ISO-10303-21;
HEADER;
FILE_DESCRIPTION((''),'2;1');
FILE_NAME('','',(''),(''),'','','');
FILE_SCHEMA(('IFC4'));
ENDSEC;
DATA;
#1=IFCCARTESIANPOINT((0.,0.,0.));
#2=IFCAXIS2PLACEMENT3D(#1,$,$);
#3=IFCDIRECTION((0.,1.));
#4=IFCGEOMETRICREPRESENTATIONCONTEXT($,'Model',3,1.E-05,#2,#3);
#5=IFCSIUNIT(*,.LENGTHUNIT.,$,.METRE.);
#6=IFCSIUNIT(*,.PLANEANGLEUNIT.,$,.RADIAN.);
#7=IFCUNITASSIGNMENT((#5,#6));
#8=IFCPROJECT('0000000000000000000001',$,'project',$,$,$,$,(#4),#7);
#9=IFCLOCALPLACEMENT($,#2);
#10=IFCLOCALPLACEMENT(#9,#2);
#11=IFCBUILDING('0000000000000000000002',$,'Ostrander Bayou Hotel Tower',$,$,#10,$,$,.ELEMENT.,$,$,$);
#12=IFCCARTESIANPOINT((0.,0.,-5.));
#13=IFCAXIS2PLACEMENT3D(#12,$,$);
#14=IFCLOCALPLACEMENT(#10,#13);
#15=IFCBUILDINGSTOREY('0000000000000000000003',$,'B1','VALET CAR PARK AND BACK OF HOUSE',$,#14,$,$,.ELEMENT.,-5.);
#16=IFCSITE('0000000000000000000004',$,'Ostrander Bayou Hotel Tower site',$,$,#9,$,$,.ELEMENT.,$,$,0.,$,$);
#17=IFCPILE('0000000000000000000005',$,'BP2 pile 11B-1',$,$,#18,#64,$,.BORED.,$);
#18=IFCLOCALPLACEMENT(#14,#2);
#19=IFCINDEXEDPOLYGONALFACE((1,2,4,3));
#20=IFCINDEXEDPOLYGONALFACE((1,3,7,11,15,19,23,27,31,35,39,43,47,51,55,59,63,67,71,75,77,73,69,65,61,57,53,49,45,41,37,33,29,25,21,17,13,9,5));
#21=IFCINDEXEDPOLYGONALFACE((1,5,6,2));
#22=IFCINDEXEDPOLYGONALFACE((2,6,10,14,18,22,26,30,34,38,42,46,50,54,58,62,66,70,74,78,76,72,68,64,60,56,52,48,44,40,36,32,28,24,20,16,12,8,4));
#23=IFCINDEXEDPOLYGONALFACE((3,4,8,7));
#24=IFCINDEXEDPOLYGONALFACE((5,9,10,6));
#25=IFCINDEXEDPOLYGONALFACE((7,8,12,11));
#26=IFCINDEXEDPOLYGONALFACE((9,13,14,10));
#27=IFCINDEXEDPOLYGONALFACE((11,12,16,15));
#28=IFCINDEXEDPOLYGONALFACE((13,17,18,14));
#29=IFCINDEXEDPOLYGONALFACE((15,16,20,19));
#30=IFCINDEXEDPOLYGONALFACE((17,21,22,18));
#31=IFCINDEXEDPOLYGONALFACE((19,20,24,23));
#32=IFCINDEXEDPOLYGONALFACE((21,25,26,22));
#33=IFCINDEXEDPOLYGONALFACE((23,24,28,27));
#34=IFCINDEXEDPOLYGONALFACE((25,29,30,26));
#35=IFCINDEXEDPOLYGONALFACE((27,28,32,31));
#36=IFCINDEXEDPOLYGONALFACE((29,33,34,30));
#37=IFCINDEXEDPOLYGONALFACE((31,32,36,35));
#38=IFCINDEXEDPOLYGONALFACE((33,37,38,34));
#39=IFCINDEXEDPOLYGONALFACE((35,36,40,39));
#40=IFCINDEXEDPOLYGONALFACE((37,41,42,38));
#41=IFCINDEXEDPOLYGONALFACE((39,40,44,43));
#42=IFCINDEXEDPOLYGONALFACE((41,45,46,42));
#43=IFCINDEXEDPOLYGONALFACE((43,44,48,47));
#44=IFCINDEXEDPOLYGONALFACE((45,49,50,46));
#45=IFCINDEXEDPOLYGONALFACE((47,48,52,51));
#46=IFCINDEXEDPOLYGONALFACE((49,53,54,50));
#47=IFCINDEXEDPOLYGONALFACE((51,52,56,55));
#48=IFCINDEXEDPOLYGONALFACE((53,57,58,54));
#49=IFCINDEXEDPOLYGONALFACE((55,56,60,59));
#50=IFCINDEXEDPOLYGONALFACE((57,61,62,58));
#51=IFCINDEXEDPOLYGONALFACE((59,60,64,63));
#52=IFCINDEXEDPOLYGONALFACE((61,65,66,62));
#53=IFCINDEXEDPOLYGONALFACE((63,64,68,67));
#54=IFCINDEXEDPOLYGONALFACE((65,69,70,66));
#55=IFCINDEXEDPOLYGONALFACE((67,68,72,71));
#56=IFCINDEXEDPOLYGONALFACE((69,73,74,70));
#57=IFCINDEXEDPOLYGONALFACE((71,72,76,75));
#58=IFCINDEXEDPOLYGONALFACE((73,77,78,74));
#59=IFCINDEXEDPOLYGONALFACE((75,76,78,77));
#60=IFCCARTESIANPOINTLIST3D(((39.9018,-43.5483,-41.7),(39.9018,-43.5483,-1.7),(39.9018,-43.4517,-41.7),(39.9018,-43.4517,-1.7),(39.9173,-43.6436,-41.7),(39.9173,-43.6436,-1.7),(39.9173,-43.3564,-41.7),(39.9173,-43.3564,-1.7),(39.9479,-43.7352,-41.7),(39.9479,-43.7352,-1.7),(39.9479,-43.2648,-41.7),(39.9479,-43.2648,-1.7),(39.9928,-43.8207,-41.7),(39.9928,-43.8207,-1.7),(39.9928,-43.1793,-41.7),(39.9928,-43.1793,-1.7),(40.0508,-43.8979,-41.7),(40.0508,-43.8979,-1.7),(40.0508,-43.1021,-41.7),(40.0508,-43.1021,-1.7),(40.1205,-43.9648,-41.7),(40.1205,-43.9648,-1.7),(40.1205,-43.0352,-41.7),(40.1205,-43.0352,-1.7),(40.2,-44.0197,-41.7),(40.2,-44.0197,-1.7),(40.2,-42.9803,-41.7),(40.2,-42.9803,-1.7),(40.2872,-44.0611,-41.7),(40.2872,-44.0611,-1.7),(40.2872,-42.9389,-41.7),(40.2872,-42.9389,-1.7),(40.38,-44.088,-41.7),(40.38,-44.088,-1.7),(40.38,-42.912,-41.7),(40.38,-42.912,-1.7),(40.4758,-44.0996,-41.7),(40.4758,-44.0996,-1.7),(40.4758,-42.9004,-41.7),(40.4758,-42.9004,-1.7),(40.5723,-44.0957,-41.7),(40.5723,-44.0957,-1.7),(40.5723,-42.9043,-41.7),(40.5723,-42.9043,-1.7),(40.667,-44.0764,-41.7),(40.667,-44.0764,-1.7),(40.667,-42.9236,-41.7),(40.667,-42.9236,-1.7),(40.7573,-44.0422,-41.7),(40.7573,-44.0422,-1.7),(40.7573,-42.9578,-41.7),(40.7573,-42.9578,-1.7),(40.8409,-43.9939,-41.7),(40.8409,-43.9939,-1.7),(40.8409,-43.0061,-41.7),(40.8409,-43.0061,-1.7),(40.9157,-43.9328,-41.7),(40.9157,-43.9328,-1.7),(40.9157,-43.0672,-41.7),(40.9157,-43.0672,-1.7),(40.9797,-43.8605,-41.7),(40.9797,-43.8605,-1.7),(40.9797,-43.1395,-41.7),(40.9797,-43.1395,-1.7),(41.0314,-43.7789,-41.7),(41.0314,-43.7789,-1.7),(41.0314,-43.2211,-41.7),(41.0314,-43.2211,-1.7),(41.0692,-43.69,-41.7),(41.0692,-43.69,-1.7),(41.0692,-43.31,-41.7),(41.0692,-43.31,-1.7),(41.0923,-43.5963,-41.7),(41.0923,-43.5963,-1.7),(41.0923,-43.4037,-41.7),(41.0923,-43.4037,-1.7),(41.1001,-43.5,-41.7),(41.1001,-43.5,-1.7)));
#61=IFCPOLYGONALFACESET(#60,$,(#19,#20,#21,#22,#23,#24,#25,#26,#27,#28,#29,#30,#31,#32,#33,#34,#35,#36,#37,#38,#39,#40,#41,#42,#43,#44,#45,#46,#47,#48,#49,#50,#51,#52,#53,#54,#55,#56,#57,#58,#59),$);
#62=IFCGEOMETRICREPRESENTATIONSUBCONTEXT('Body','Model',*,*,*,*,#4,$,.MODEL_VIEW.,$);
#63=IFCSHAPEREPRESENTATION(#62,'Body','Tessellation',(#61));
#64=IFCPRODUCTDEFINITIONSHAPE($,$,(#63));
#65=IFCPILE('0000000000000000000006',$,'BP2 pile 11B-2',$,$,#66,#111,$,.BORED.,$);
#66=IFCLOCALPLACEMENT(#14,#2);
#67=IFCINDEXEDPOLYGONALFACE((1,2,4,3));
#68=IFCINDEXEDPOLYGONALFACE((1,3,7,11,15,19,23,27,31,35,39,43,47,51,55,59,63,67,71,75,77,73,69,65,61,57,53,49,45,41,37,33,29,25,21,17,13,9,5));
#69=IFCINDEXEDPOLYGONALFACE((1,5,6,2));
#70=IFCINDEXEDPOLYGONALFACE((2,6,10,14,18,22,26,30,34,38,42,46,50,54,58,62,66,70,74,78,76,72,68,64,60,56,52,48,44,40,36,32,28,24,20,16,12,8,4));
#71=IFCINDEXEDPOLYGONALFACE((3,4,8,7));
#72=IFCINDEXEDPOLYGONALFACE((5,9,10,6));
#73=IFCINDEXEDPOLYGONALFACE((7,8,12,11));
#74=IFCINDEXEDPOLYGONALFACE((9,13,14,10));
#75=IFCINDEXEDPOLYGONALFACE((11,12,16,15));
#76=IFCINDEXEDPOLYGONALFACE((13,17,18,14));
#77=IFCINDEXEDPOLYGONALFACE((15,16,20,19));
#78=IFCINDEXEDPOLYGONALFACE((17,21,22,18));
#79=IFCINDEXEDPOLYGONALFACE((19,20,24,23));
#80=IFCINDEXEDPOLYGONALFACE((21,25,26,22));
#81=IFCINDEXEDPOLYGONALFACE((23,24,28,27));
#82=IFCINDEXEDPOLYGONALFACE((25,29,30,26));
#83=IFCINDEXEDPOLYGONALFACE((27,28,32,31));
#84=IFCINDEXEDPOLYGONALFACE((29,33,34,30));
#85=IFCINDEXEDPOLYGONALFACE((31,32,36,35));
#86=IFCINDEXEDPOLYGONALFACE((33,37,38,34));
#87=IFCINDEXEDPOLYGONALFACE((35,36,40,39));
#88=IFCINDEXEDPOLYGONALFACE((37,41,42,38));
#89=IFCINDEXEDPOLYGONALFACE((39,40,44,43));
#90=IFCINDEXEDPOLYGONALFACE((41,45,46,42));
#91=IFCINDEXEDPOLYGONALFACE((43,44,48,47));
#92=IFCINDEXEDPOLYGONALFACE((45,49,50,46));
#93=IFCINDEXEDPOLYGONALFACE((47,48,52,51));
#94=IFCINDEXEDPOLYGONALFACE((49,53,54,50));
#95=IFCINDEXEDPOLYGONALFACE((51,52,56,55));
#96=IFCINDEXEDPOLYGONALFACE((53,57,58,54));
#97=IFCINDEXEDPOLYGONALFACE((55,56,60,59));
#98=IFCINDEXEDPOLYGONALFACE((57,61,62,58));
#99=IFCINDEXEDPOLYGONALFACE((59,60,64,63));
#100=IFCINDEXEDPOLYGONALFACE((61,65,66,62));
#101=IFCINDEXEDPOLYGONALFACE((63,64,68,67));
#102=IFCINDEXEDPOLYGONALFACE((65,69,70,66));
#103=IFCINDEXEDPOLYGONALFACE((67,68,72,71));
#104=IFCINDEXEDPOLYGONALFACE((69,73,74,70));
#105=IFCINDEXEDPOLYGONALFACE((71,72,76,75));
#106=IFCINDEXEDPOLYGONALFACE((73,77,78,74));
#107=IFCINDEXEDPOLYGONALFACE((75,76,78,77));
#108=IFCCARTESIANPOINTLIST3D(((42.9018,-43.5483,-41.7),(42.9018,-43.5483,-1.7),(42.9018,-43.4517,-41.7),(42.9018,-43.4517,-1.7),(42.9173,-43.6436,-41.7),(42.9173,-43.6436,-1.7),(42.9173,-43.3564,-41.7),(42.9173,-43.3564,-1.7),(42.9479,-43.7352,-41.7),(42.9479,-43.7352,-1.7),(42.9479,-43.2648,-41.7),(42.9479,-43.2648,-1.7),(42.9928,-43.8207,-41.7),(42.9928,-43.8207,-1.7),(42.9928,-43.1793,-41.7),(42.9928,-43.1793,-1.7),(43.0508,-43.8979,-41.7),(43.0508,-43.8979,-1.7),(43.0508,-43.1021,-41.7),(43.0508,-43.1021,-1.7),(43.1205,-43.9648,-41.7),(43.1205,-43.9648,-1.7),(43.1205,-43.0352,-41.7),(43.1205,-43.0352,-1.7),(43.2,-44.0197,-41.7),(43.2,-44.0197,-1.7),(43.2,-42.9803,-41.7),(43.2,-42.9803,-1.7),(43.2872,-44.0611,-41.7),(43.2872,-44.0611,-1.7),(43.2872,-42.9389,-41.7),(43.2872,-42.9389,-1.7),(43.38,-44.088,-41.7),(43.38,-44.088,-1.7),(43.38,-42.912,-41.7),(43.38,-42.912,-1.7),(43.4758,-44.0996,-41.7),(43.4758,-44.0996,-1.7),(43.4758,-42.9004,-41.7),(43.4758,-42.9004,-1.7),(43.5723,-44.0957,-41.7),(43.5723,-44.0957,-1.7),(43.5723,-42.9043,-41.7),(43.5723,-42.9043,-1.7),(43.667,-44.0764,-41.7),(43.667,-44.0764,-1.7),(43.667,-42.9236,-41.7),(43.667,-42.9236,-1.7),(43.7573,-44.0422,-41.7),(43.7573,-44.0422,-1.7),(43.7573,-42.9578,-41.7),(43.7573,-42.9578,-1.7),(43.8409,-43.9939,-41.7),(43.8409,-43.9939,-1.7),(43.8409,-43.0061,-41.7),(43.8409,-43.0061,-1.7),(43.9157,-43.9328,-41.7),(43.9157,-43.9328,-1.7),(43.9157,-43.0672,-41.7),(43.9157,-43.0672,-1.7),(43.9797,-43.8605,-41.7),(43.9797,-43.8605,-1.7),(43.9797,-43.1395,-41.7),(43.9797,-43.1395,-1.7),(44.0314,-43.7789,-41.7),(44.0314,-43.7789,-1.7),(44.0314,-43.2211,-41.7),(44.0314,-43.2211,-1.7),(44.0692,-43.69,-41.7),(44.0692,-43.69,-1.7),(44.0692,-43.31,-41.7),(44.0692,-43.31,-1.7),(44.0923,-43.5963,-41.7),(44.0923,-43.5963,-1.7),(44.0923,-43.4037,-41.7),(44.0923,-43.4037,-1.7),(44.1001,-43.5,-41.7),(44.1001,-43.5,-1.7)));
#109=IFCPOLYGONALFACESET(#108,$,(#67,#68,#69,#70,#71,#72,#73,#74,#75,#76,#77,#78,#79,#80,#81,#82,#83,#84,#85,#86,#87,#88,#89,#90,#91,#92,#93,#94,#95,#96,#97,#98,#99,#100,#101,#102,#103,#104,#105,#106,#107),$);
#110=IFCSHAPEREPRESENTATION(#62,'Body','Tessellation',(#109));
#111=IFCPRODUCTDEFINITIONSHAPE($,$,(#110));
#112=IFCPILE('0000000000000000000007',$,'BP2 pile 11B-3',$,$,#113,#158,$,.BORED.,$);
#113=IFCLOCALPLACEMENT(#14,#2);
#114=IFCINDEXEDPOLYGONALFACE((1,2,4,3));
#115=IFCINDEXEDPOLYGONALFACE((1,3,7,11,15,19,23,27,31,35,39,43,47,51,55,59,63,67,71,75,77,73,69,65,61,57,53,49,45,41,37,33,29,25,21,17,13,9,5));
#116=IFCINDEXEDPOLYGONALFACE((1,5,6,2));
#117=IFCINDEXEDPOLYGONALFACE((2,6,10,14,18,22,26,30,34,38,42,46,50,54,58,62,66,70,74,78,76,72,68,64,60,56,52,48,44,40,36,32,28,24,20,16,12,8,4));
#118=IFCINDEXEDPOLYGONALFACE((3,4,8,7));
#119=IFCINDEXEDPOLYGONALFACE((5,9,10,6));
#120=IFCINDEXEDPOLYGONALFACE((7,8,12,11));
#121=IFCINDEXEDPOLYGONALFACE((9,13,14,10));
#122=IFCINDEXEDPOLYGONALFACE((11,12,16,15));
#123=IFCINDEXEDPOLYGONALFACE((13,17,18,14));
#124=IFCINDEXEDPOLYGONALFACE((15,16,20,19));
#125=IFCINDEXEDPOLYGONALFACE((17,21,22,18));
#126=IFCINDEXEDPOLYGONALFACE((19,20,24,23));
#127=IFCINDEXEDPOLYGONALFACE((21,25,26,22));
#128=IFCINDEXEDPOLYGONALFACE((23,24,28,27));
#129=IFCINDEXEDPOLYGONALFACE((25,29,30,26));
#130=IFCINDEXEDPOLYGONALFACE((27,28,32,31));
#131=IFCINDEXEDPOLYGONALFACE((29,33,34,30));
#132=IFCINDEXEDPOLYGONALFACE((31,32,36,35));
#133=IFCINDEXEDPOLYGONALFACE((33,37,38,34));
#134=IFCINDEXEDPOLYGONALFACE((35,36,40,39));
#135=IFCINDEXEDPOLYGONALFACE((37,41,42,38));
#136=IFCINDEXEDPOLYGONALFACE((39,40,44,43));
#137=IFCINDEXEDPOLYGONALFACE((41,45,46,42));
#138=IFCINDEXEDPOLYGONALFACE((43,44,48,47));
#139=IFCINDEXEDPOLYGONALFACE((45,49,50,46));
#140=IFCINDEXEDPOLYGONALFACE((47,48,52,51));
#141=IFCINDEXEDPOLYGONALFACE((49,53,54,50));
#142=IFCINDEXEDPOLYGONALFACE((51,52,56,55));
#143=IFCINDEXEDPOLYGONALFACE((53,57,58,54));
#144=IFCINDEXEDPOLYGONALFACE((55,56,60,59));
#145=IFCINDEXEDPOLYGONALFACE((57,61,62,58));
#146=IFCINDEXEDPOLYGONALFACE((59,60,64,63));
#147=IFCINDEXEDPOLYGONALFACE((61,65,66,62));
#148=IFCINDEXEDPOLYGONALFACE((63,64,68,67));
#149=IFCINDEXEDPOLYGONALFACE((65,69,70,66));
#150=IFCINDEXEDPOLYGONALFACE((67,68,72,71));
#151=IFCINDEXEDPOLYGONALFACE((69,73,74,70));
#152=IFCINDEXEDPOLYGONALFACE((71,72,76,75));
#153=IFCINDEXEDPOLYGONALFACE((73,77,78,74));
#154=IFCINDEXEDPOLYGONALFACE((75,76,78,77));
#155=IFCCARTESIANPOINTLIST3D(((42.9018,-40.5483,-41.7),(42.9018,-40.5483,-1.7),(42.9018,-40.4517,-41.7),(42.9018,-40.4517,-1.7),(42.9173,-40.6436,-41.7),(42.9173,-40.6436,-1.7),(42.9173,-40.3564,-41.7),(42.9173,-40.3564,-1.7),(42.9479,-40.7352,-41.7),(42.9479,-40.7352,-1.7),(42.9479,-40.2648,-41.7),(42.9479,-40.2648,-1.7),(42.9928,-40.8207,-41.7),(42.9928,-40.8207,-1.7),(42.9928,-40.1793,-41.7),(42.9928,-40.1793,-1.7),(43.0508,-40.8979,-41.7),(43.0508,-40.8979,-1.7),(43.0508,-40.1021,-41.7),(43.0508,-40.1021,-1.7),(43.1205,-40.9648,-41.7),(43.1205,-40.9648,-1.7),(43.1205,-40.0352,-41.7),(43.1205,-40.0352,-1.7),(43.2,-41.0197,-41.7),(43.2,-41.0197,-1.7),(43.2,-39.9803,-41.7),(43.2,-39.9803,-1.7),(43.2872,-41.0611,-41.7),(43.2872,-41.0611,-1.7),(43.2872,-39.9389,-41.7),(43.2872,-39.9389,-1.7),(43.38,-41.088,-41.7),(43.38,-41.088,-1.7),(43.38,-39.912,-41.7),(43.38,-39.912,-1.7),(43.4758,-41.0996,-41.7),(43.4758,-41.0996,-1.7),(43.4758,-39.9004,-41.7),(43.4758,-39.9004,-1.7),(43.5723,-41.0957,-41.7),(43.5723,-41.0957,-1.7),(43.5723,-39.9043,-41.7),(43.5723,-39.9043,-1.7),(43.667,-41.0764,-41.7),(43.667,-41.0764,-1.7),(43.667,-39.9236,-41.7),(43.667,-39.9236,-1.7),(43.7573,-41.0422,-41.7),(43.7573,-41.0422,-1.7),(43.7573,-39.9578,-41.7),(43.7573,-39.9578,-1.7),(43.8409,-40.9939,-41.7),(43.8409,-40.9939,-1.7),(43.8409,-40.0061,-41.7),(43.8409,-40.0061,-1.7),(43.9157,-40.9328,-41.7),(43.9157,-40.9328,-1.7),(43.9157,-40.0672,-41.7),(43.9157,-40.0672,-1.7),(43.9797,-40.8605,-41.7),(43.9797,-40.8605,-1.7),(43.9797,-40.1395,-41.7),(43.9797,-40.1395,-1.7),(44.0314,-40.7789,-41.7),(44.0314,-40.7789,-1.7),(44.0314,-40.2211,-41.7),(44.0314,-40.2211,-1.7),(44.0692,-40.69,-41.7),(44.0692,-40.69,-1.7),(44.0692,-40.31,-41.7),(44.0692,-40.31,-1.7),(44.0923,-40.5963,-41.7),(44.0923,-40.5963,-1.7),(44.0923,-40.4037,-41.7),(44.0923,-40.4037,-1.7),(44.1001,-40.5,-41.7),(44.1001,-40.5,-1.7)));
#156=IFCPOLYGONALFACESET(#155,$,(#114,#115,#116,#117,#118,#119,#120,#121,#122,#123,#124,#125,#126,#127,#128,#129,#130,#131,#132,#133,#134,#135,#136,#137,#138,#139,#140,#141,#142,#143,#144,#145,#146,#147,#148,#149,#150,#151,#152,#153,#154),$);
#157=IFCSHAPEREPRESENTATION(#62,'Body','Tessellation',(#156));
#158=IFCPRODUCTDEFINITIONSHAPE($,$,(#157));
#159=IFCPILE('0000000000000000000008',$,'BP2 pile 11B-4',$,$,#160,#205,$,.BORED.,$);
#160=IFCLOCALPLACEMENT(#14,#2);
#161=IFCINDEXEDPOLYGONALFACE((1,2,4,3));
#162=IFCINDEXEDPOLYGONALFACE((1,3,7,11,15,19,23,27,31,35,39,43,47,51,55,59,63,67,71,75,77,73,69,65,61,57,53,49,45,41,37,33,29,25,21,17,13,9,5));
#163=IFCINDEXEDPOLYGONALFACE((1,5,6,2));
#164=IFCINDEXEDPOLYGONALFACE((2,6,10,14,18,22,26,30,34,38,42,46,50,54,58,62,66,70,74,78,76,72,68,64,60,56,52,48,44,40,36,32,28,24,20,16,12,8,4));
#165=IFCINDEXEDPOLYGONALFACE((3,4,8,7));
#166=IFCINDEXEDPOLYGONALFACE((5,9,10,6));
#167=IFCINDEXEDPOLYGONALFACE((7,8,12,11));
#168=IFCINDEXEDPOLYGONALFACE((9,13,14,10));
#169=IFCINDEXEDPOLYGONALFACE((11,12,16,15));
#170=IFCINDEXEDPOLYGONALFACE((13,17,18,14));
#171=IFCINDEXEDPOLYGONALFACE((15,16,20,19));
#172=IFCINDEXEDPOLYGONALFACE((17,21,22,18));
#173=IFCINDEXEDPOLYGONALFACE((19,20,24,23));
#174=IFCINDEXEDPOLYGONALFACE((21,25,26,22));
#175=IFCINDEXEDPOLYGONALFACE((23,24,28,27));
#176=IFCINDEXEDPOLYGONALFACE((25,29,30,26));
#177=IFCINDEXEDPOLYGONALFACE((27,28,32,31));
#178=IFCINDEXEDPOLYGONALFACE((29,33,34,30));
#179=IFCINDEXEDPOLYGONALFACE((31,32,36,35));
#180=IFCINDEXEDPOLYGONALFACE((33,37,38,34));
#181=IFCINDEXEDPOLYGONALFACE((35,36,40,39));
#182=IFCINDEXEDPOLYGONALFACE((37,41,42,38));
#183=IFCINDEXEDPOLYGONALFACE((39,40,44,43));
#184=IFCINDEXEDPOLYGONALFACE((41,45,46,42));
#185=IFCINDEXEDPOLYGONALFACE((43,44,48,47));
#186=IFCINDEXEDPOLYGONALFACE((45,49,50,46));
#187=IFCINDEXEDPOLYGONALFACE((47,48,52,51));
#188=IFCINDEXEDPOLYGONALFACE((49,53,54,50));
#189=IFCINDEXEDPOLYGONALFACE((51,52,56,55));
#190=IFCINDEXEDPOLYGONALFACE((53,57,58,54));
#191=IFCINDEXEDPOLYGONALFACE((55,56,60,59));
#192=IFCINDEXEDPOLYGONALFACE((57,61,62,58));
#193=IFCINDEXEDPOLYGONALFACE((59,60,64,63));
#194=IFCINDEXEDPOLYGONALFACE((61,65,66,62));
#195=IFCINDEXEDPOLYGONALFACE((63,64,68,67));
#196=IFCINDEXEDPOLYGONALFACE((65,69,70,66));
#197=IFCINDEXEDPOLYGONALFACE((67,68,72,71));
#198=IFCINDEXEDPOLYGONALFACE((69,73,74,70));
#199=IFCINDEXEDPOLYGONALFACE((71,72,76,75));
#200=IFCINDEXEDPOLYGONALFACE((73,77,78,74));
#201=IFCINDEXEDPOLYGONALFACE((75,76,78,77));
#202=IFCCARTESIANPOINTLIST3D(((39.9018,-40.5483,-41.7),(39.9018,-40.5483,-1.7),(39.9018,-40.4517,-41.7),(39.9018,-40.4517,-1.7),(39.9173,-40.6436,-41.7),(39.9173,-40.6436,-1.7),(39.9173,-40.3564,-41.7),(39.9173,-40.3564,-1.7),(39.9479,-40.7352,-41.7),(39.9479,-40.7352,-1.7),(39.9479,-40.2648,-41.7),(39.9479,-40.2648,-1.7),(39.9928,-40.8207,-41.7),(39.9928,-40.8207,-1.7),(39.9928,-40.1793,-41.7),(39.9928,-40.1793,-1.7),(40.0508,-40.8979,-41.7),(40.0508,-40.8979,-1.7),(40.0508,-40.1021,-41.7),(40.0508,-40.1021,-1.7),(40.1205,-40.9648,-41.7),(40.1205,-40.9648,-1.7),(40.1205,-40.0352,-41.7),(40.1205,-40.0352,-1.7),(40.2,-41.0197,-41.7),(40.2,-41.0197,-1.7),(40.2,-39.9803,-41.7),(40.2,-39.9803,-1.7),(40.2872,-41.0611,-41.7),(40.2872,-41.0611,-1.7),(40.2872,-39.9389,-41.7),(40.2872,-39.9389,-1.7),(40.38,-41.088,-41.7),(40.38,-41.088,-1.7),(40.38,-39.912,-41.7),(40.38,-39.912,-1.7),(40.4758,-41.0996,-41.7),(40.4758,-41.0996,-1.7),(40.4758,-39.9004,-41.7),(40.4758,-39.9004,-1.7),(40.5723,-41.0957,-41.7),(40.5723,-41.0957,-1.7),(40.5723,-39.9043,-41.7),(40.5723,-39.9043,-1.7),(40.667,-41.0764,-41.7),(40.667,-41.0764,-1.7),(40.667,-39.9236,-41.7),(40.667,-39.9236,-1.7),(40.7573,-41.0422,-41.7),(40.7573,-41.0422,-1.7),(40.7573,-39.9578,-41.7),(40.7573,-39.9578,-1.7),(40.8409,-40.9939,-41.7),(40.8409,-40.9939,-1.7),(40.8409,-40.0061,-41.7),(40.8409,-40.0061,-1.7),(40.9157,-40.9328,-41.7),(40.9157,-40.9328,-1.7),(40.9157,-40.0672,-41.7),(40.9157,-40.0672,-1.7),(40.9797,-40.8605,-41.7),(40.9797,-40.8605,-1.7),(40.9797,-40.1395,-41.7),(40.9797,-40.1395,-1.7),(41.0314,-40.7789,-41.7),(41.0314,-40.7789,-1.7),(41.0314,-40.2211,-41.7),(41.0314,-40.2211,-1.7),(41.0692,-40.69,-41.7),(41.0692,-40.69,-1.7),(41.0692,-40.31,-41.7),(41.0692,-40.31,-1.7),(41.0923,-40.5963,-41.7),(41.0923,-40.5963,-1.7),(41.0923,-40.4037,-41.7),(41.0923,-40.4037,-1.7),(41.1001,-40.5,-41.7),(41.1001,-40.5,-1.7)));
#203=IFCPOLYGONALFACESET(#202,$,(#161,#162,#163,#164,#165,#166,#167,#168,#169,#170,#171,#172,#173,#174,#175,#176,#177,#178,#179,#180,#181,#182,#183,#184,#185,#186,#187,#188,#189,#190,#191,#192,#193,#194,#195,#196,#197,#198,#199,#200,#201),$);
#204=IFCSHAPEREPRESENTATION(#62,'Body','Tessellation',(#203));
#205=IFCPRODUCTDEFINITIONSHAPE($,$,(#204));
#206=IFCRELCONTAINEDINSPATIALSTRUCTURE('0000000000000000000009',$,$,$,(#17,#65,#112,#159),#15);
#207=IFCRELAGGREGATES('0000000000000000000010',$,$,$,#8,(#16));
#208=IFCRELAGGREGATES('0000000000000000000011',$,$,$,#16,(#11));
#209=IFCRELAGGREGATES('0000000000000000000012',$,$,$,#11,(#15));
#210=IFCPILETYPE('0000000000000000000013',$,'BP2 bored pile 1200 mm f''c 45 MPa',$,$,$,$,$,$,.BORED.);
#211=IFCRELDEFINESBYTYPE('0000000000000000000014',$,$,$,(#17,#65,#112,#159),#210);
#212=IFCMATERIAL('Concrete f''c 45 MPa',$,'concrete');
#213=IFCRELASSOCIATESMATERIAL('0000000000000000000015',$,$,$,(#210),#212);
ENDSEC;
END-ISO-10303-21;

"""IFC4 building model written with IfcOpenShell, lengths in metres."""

from ifc_helpers import new_model, si_unit, direction, frame, origin, origin_2d, place, context, subcontext, project, spatial, circle, extrude, material, material_profile, profile_set, type_object, element, save


model = new_model("IFC4")

# Units and contexts
model_context = context("Model", 3, precision=1e-05, world=origin(), true_north=direction((0.0, 1.0)))
body_context = subcontext(model_context, "Body", "Model", "MODEL_VIEW")
ifc_project = project(units=[si_unit("LENGTHUNIT", "METRE"), si_unit("PLANEANGLEUNIT", "RADIAN")], contexts=[model_context])

# Site, building, storey
site_placement = place(None, origin())
site = spatial("IfcSite", under=ifc_project, at=site_placement, Name="Ostrander Bayou Hotel Tower site", CompositionType="ELEMENT", RefElevation=0.0)
building_placement = place(site_placement, origin())
building = spatial("IfcBuilding", under=site, at=building_placement, Name="Ostrander Bayou Hotel Tower", CompositionType="ELEMENT")
storey_placement = place(building_placement, frame((0.0, 0.0, -5.0)))
storey = spatial("IfcBuildingStorey", under=building, at=storey_placement, Name="B1", Description="VALET CAR PARK AND BACK OF HOUSE", CompositionType="ELEMENT", Elevation=-5.0)

# Piles
ifc_material_1 = material(Name="Concrete f'c 45 MPa", Category="concrete")
ifc_material_profile_1 = material_profile(ifc_material_1, circle(Radius=0.6001, at=origin_2d()))
ifc_profile_set_1 = profile_set([ifc_material_profile_1], Name="Concrete f'c 45 MPa")
pile_type = type_object("IfcPileType", Name="BP2 bored pile 1200 mm f'c 45 MPa", PredefinedType="BORED", material=ifc_profile_set_1)
for number, where, z_axis, x_axis, name in (
    (1, (40.5, -43.5, -1.7), (0.0, 0.0, -1.0), (1.0, 0.0, 0.0), "BP2 pile 11B-1"),
    (2, (43.5, -43.5, -1.7), (0.0, 0.0, -1.0), (1.0, 0.0, 0.0), "BP2 pile 11B-2"),
    (3, (43.5, -40.5, -1.7), (0.0, 0.0, -1.0), (1.0, 0.0, 0.0), "BP2 pile 11B-3"),
    (4, (40.5, -40.5, -1.7), (0.0, 0.0, -1.0), (1.0, 0.0, 0.0), "BP2 pile 11B-4"),
):
    element("IfcPile", number, at=place(storey_placement, frame(where, z_axis=z_axis, x_axis=x_axis)), inside=storey, type_object=pile_type, Name=name, PredefinedType="BORED", context=body_context, shape_type="SweptSolid", body=[
        extrude(circle(Radius=0.6001, at=origin_2d()), origin(), (0.0, 0.0, 1.0), 40.0),
    ])

save(model, "model.ifc")
